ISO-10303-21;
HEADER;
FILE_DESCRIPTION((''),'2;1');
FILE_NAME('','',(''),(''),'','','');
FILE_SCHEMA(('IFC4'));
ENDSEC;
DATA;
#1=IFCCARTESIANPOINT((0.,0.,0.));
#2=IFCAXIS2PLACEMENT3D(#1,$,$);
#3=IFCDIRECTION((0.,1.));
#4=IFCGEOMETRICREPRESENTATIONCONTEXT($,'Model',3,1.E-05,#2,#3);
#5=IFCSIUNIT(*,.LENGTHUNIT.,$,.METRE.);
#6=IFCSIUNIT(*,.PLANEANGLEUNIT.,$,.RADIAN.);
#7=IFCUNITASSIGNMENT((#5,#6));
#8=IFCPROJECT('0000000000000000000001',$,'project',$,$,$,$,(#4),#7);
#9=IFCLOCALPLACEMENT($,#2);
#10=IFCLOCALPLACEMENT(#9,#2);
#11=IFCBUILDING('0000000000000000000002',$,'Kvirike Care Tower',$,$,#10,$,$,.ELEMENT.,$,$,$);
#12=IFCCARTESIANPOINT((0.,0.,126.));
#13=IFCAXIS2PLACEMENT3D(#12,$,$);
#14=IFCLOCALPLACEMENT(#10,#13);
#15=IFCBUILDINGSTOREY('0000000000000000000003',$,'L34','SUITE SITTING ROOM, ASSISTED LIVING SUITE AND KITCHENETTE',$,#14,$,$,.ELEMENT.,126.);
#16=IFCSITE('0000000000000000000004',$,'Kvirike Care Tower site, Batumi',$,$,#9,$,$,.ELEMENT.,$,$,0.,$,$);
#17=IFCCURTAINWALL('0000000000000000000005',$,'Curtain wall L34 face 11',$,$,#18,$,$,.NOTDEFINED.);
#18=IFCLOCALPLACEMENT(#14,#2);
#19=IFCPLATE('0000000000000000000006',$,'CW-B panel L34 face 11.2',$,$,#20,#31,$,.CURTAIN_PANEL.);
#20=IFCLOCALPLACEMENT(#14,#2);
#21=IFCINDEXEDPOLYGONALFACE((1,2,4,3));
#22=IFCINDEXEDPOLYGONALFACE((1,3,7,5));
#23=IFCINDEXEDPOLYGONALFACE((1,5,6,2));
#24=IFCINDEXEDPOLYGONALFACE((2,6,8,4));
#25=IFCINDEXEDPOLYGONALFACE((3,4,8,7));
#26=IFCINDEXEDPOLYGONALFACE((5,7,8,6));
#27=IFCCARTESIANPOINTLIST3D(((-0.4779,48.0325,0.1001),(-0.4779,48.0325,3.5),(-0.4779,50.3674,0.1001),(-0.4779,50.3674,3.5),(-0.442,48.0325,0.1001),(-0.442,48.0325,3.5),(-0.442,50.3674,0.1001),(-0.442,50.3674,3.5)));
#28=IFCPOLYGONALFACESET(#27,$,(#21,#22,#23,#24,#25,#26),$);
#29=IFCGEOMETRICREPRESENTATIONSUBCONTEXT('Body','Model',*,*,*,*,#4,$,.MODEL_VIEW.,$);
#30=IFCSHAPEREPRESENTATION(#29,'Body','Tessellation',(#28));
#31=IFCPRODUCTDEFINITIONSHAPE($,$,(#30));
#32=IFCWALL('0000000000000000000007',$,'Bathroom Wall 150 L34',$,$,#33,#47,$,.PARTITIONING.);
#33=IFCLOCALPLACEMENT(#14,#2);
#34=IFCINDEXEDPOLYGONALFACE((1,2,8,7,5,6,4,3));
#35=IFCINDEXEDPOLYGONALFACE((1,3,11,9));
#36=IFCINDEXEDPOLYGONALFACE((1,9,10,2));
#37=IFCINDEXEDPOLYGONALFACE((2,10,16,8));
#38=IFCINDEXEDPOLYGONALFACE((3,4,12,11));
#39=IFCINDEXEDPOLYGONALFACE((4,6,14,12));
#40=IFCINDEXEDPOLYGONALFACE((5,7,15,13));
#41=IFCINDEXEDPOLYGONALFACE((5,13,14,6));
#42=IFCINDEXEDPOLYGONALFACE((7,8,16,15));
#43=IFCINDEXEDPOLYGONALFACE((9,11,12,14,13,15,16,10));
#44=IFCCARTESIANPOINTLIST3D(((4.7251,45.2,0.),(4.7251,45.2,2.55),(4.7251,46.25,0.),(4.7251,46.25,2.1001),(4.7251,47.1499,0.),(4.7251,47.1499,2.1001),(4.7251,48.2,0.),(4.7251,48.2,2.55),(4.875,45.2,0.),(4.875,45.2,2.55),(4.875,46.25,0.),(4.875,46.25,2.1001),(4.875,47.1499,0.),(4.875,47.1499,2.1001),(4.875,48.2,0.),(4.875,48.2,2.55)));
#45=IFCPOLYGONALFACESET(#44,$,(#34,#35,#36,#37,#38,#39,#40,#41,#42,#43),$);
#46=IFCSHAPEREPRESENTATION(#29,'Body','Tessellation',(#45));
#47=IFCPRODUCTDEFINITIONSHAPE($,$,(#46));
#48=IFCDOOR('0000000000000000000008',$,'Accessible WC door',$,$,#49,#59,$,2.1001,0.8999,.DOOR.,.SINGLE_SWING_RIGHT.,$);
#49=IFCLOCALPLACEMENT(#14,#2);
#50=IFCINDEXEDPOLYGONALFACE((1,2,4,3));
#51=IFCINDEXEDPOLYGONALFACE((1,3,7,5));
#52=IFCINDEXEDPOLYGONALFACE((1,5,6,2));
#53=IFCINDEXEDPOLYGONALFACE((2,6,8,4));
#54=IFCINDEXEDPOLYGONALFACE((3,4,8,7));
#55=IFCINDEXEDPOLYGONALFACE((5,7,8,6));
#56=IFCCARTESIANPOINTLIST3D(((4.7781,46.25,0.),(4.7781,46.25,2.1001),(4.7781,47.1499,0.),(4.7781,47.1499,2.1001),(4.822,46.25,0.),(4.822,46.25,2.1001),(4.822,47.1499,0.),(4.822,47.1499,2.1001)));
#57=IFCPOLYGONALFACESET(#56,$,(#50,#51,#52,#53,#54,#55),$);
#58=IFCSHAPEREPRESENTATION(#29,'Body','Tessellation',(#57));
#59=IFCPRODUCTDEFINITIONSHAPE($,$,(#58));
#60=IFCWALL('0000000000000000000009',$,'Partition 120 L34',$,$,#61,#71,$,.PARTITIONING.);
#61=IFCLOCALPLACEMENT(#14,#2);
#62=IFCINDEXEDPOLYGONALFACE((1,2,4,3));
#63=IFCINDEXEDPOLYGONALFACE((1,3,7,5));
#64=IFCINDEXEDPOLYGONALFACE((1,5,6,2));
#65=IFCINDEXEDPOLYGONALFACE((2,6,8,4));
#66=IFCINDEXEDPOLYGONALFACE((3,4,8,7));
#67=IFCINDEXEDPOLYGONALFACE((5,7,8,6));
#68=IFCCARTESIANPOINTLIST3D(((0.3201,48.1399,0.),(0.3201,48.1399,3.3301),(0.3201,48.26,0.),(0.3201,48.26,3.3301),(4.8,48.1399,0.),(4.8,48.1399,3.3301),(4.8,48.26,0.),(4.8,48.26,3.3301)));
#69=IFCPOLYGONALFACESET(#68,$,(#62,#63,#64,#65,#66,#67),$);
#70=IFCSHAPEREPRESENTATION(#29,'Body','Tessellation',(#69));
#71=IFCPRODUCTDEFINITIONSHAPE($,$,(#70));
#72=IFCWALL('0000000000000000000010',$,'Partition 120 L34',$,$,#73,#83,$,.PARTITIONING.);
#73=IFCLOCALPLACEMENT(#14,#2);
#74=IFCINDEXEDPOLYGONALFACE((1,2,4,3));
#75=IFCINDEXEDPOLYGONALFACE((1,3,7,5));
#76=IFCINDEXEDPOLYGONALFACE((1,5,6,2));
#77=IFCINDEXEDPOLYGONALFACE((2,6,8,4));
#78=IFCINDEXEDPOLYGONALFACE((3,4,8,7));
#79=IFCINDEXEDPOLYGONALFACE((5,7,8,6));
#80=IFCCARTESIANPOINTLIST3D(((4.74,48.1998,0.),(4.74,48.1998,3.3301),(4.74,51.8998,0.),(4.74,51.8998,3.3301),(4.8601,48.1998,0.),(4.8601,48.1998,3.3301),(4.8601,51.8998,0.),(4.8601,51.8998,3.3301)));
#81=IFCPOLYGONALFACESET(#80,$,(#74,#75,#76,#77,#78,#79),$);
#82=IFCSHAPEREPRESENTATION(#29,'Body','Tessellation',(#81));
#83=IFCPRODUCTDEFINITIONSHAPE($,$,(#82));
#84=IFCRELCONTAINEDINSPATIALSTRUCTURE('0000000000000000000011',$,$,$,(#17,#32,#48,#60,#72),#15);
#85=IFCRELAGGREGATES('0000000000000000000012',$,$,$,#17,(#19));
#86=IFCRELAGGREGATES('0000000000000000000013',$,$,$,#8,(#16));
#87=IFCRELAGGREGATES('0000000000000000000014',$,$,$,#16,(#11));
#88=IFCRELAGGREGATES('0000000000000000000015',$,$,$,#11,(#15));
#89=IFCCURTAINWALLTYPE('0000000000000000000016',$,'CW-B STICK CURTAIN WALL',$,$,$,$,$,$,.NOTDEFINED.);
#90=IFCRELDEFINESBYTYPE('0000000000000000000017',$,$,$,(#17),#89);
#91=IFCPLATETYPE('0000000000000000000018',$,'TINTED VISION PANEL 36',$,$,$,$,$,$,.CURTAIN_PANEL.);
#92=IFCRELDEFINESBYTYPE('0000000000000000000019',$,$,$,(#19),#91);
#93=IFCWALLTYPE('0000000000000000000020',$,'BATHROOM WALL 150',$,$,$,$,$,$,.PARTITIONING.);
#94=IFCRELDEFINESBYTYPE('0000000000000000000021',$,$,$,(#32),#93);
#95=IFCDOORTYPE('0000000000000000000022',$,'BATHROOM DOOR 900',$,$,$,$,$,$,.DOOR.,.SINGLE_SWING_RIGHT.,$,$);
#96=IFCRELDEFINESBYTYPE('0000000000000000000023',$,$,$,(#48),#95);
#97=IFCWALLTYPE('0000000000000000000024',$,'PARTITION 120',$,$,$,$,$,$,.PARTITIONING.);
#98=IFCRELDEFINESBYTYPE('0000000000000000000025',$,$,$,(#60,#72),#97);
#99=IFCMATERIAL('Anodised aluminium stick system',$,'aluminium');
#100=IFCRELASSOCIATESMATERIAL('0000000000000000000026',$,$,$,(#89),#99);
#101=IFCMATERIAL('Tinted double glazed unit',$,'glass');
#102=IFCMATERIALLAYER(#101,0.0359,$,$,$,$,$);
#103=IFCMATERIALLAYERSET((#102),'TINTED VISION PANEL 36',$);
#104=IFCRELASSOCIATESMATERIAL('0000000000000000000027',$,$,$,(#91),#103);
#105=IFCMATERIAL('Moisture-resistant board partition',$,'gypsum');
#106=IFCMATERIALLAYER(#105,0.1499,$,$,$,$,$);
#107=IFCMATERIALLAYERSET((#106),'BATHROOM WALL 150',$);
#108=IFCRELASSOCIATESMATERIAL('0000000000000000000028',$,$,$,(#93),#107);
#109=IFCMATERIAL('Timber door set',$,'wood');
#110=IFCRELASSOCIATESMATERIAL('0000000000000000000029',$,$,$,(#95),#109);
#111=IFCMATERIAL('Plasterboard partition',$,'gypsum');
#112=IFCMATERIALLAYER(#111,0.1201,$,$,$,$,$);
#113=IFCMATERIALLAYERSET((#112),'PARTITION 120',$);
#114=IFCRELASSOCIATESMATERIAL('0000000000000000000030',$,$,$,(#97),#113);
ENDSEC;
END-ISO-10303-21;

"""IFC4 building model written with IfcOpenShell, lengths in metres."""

from ifc_helpers import new_model, si_unit, direction, frame, frame_2d, origin, origin_2d, place, context, subcontext, project, spatial, rectangle, extrude, material, layer, layer_set, type_object, element, fill, aggregate, save


model = new_model("IFC4")

# Units and contexts
model_context = context("Model", 3, precision=1e-05, world=origin(), true_north=direction((0.0, 1.0)))
body_context = subcontext(model_context, "Body", "Model", "MODEL_VIEW")
ifc_project = project(units=[si_unit("LENGTHUNIT", "METRE"), si_unit("PLANEANGLEUNIT", "RADIAN")], contexts=[model_context])

# Site, building, storey
site_placement = place(None, origin())
site = spatial("IfcSite", under=ifc_project, at=site_placement, Name="Kvirike Care Tower site, Batumi", CompositionType="ELEMENT", RefElevation=0.0)
building_placement = place(site_placement, origin())
building = spatial("IfcBuilding", under=site, at=building_placement, Name="Kvirike Care Tower", CompositionType="ELEMENT")
storey_placement = place(building_placement, frame((0.0, 0.0, 126.0)))
storey = spatial("IfcBuildingStorey", under=building, at=storey_placement, Name="L34", Description="SUITE SITTING ROOM, ASSISTED LIVING SUITE AND KITCHENETTE", CompositionType="ELEMENT", Elevation=126.0)

# Curtain wall
ifc_material_1 = material(Name="Anodised aluminium stick system", Category="aluminium")
curtain_wall_type = type_object("IfcCurtainWallType", Name="CW-B STICK CURTAIN WALL", PredefinedType="NOTDEFINED", material=ifc_material_1)
curtain_wall_1_placement = place(storey_placement, origin())
curtain_wall_1 = element("IfcCurtainWall", 1, at=curtain_wall_1_placement, inside=storey, type_object=curtain_wall_type, Name="Curtain wall L34 face 11", PredefinedType="NOTDEFINED")

# Plate
ifc_material_2 = material(Name="Tinted double glazed unit", Category="glass")
ifc_layer_1 = layer(ifc_material_2, 0.0359)
ifc_layer_set_1 = layer_set([ifc_layer_1], Name="TINTED VISION PANEL 36")
plate_type = type_object("IfcPlateType", Name="TINTED VISION PANEL 36", PredefinedType="CURTAIN_PANEL", material=ifc_layer_set_1)
plate_1_placement = place(storey_placement, frame((-0.46, 49.2, 0.1001), z_axis=(0.0, 0.0, 1.0), x_axis=(0.0, -1.0, 0.0)))
plate_1 = element("IfcPlate", 2, at=plate_1_placement, type_object=plate_type, Name="CW-B panel L34 face 11.2", PredefinedType="CURTAIN_PANEL", context=body_context, shape_type="SweptSolid", body=[
    extrude(rectangle(XDim=2.335, YDim=0.0359, at=origin_2d()), origin(), (0.0, 0.0, 1.0), 3.3999),
])
aggregate(curtain_wall_1, [plate_1])

# Wall, opening, door
ifc_material_3 = material(Name="Moisture-resistant board partition", Category="gypsum")
ifc_layer_2 = layer(ifc_material_3, 0.1499)
ifc_layer_set_2 = layer_set([ifc_layer_2], Name="BATHROOM WALL 150")
wall_type_1 = type_object("IfcWallType", Name="BATHROOM WALL 150", PredefinedType="PARTITIONING", material=ifc_layer_set_2)
wall_1_placement = place(storey_placement, frame((4.8, 48.2, 0.0), z_axis=(0.0, 0.0, 1.0), x_axis=(0.0, -1.0, 0.0)))
wall_1 = element("IfcWall", 3, at=wall_1_placement, inside=storey, type_object=wall_type_1, Name="Bathroom Wall 150 L34", PredefinedType="PARTITIONING", context=body_context, shape_type="SweptSolid", body=[
    extrude(rectangle(XDim=3.0, YDim=0.1499, at=frame_2d((1.5, 0.0))), origin(), (0.0, 0.0, 1.0), 2.55),
])
opening_placement = place(wall_1_placement, frame((1.05, 0.0, 0.0)))
opening = element("IfcOpeningElement", 4, at=opening_placement, cuts=wall_1, PredefinedType="OPENING", context=body_context, shape_type="SweptSolid", body=[
    extrude(rectangle(XDim=0.8999, YDim=2.1001, at=frame_2d((0.45, 1.05))), frame((0.0, 0.0854, 0.0), z_axis=(0.0, -1.0, 0.0), x_axis=(1.0, 0.0, 0.0)), (0.0, 0.0, 1.0), 0.1709),
])
ifc_material_4 = material(Name="Timber door set", Category="wood")
door_type = type_object("IfcDoorType", Name="BATHROOM DOOR 900", OperationType="SINGLE_SWING_RIGHT", PredefinedType="DOOR", material=ifc_material_4)
door_placement = place(opening_placement, frame((0.8999, 0.0, 0.0), z_axis=(0.0, 0.0, 1.0), x_axis=(-1.0, 0.0, 0.0)))
door = element("IfcDoor", 5, at=door_placement, inside=storey, type_object=door_type, Name="Accessible WC door", OperationType="SINGLE_SWING_RIGHT", OverallHeight=2.1001, OverallWidth=0.8999, PredefinedType="DOOR", context=body_context, shape_type="SweptSolid", body=[
    extrude(rectangle(XDim=0.8999, YDim=2.1001, at=frame_2d((0.45, 1.05))), frame((0.0, 0.022, 0.0), z_axis=(0.0, -1.0, 0.0), x_axis=(1.0, 0.0, 0.0)), (0.0, 0.0, 1.0), 0.0439),
])
fill(opening, door)

# Walls
ifc_material_5 = material(Name="Plasterboard partition", Category="gypsum")
ifc_layer_3 = layer(ifc_material_5, 0.1201)
ifc_layer_set_3 = layer_set([ifc_layer_3], Name="PARTITION 120")
wall_type_2 = type_object("IfcWallType", Name="PARTITION 120", PredefinedType="PARTITIONING", material=ifc_layer_set_3)
wall_2_placement = place(storey_placement, frame((4.8, 48.2, 0.0), z_axis=(0.0, 0.0, 1.0), x_axis=(-1.0, 0.0, 0.0)))
element("IfcWall", 6, at=wall_2_placement, inside=storey, type_object=wall_type_2, Name="Partition 120 L34", PredefinedType="PARTITIONING", context=body_context, shape_type="SweptSolid", body=[
    extrude(rectangle(XDim=4.48, YDim=0.1201, at=frame_2d((2.24, 0.0))), origin(), (0.0, 0.0, 1.0), 3.3301),
])
wall_3_placement = place(storey_placement, frame((4.8, 51.8999, 0.0), z_axis=(0.0, 0.0, 1.0), x_axis=(0.0, -1.0, 0.0)))
element("IfcWall", 7, at=wall_3_placement, inside=storey, type_object=wall_type_2, Name="Partition 120 L34", PredefinedType="PARTITIONING", context=body_context, shape_type="SweptSolid", body=[
    extrude(rectangle(XDim=3.7, YDim=0.1201, at=frame_2d((1.8501, 0.0))), origin(), (0.0, 0.0, 1.0), 3.3301),
])

save(model, "model.ifc")
